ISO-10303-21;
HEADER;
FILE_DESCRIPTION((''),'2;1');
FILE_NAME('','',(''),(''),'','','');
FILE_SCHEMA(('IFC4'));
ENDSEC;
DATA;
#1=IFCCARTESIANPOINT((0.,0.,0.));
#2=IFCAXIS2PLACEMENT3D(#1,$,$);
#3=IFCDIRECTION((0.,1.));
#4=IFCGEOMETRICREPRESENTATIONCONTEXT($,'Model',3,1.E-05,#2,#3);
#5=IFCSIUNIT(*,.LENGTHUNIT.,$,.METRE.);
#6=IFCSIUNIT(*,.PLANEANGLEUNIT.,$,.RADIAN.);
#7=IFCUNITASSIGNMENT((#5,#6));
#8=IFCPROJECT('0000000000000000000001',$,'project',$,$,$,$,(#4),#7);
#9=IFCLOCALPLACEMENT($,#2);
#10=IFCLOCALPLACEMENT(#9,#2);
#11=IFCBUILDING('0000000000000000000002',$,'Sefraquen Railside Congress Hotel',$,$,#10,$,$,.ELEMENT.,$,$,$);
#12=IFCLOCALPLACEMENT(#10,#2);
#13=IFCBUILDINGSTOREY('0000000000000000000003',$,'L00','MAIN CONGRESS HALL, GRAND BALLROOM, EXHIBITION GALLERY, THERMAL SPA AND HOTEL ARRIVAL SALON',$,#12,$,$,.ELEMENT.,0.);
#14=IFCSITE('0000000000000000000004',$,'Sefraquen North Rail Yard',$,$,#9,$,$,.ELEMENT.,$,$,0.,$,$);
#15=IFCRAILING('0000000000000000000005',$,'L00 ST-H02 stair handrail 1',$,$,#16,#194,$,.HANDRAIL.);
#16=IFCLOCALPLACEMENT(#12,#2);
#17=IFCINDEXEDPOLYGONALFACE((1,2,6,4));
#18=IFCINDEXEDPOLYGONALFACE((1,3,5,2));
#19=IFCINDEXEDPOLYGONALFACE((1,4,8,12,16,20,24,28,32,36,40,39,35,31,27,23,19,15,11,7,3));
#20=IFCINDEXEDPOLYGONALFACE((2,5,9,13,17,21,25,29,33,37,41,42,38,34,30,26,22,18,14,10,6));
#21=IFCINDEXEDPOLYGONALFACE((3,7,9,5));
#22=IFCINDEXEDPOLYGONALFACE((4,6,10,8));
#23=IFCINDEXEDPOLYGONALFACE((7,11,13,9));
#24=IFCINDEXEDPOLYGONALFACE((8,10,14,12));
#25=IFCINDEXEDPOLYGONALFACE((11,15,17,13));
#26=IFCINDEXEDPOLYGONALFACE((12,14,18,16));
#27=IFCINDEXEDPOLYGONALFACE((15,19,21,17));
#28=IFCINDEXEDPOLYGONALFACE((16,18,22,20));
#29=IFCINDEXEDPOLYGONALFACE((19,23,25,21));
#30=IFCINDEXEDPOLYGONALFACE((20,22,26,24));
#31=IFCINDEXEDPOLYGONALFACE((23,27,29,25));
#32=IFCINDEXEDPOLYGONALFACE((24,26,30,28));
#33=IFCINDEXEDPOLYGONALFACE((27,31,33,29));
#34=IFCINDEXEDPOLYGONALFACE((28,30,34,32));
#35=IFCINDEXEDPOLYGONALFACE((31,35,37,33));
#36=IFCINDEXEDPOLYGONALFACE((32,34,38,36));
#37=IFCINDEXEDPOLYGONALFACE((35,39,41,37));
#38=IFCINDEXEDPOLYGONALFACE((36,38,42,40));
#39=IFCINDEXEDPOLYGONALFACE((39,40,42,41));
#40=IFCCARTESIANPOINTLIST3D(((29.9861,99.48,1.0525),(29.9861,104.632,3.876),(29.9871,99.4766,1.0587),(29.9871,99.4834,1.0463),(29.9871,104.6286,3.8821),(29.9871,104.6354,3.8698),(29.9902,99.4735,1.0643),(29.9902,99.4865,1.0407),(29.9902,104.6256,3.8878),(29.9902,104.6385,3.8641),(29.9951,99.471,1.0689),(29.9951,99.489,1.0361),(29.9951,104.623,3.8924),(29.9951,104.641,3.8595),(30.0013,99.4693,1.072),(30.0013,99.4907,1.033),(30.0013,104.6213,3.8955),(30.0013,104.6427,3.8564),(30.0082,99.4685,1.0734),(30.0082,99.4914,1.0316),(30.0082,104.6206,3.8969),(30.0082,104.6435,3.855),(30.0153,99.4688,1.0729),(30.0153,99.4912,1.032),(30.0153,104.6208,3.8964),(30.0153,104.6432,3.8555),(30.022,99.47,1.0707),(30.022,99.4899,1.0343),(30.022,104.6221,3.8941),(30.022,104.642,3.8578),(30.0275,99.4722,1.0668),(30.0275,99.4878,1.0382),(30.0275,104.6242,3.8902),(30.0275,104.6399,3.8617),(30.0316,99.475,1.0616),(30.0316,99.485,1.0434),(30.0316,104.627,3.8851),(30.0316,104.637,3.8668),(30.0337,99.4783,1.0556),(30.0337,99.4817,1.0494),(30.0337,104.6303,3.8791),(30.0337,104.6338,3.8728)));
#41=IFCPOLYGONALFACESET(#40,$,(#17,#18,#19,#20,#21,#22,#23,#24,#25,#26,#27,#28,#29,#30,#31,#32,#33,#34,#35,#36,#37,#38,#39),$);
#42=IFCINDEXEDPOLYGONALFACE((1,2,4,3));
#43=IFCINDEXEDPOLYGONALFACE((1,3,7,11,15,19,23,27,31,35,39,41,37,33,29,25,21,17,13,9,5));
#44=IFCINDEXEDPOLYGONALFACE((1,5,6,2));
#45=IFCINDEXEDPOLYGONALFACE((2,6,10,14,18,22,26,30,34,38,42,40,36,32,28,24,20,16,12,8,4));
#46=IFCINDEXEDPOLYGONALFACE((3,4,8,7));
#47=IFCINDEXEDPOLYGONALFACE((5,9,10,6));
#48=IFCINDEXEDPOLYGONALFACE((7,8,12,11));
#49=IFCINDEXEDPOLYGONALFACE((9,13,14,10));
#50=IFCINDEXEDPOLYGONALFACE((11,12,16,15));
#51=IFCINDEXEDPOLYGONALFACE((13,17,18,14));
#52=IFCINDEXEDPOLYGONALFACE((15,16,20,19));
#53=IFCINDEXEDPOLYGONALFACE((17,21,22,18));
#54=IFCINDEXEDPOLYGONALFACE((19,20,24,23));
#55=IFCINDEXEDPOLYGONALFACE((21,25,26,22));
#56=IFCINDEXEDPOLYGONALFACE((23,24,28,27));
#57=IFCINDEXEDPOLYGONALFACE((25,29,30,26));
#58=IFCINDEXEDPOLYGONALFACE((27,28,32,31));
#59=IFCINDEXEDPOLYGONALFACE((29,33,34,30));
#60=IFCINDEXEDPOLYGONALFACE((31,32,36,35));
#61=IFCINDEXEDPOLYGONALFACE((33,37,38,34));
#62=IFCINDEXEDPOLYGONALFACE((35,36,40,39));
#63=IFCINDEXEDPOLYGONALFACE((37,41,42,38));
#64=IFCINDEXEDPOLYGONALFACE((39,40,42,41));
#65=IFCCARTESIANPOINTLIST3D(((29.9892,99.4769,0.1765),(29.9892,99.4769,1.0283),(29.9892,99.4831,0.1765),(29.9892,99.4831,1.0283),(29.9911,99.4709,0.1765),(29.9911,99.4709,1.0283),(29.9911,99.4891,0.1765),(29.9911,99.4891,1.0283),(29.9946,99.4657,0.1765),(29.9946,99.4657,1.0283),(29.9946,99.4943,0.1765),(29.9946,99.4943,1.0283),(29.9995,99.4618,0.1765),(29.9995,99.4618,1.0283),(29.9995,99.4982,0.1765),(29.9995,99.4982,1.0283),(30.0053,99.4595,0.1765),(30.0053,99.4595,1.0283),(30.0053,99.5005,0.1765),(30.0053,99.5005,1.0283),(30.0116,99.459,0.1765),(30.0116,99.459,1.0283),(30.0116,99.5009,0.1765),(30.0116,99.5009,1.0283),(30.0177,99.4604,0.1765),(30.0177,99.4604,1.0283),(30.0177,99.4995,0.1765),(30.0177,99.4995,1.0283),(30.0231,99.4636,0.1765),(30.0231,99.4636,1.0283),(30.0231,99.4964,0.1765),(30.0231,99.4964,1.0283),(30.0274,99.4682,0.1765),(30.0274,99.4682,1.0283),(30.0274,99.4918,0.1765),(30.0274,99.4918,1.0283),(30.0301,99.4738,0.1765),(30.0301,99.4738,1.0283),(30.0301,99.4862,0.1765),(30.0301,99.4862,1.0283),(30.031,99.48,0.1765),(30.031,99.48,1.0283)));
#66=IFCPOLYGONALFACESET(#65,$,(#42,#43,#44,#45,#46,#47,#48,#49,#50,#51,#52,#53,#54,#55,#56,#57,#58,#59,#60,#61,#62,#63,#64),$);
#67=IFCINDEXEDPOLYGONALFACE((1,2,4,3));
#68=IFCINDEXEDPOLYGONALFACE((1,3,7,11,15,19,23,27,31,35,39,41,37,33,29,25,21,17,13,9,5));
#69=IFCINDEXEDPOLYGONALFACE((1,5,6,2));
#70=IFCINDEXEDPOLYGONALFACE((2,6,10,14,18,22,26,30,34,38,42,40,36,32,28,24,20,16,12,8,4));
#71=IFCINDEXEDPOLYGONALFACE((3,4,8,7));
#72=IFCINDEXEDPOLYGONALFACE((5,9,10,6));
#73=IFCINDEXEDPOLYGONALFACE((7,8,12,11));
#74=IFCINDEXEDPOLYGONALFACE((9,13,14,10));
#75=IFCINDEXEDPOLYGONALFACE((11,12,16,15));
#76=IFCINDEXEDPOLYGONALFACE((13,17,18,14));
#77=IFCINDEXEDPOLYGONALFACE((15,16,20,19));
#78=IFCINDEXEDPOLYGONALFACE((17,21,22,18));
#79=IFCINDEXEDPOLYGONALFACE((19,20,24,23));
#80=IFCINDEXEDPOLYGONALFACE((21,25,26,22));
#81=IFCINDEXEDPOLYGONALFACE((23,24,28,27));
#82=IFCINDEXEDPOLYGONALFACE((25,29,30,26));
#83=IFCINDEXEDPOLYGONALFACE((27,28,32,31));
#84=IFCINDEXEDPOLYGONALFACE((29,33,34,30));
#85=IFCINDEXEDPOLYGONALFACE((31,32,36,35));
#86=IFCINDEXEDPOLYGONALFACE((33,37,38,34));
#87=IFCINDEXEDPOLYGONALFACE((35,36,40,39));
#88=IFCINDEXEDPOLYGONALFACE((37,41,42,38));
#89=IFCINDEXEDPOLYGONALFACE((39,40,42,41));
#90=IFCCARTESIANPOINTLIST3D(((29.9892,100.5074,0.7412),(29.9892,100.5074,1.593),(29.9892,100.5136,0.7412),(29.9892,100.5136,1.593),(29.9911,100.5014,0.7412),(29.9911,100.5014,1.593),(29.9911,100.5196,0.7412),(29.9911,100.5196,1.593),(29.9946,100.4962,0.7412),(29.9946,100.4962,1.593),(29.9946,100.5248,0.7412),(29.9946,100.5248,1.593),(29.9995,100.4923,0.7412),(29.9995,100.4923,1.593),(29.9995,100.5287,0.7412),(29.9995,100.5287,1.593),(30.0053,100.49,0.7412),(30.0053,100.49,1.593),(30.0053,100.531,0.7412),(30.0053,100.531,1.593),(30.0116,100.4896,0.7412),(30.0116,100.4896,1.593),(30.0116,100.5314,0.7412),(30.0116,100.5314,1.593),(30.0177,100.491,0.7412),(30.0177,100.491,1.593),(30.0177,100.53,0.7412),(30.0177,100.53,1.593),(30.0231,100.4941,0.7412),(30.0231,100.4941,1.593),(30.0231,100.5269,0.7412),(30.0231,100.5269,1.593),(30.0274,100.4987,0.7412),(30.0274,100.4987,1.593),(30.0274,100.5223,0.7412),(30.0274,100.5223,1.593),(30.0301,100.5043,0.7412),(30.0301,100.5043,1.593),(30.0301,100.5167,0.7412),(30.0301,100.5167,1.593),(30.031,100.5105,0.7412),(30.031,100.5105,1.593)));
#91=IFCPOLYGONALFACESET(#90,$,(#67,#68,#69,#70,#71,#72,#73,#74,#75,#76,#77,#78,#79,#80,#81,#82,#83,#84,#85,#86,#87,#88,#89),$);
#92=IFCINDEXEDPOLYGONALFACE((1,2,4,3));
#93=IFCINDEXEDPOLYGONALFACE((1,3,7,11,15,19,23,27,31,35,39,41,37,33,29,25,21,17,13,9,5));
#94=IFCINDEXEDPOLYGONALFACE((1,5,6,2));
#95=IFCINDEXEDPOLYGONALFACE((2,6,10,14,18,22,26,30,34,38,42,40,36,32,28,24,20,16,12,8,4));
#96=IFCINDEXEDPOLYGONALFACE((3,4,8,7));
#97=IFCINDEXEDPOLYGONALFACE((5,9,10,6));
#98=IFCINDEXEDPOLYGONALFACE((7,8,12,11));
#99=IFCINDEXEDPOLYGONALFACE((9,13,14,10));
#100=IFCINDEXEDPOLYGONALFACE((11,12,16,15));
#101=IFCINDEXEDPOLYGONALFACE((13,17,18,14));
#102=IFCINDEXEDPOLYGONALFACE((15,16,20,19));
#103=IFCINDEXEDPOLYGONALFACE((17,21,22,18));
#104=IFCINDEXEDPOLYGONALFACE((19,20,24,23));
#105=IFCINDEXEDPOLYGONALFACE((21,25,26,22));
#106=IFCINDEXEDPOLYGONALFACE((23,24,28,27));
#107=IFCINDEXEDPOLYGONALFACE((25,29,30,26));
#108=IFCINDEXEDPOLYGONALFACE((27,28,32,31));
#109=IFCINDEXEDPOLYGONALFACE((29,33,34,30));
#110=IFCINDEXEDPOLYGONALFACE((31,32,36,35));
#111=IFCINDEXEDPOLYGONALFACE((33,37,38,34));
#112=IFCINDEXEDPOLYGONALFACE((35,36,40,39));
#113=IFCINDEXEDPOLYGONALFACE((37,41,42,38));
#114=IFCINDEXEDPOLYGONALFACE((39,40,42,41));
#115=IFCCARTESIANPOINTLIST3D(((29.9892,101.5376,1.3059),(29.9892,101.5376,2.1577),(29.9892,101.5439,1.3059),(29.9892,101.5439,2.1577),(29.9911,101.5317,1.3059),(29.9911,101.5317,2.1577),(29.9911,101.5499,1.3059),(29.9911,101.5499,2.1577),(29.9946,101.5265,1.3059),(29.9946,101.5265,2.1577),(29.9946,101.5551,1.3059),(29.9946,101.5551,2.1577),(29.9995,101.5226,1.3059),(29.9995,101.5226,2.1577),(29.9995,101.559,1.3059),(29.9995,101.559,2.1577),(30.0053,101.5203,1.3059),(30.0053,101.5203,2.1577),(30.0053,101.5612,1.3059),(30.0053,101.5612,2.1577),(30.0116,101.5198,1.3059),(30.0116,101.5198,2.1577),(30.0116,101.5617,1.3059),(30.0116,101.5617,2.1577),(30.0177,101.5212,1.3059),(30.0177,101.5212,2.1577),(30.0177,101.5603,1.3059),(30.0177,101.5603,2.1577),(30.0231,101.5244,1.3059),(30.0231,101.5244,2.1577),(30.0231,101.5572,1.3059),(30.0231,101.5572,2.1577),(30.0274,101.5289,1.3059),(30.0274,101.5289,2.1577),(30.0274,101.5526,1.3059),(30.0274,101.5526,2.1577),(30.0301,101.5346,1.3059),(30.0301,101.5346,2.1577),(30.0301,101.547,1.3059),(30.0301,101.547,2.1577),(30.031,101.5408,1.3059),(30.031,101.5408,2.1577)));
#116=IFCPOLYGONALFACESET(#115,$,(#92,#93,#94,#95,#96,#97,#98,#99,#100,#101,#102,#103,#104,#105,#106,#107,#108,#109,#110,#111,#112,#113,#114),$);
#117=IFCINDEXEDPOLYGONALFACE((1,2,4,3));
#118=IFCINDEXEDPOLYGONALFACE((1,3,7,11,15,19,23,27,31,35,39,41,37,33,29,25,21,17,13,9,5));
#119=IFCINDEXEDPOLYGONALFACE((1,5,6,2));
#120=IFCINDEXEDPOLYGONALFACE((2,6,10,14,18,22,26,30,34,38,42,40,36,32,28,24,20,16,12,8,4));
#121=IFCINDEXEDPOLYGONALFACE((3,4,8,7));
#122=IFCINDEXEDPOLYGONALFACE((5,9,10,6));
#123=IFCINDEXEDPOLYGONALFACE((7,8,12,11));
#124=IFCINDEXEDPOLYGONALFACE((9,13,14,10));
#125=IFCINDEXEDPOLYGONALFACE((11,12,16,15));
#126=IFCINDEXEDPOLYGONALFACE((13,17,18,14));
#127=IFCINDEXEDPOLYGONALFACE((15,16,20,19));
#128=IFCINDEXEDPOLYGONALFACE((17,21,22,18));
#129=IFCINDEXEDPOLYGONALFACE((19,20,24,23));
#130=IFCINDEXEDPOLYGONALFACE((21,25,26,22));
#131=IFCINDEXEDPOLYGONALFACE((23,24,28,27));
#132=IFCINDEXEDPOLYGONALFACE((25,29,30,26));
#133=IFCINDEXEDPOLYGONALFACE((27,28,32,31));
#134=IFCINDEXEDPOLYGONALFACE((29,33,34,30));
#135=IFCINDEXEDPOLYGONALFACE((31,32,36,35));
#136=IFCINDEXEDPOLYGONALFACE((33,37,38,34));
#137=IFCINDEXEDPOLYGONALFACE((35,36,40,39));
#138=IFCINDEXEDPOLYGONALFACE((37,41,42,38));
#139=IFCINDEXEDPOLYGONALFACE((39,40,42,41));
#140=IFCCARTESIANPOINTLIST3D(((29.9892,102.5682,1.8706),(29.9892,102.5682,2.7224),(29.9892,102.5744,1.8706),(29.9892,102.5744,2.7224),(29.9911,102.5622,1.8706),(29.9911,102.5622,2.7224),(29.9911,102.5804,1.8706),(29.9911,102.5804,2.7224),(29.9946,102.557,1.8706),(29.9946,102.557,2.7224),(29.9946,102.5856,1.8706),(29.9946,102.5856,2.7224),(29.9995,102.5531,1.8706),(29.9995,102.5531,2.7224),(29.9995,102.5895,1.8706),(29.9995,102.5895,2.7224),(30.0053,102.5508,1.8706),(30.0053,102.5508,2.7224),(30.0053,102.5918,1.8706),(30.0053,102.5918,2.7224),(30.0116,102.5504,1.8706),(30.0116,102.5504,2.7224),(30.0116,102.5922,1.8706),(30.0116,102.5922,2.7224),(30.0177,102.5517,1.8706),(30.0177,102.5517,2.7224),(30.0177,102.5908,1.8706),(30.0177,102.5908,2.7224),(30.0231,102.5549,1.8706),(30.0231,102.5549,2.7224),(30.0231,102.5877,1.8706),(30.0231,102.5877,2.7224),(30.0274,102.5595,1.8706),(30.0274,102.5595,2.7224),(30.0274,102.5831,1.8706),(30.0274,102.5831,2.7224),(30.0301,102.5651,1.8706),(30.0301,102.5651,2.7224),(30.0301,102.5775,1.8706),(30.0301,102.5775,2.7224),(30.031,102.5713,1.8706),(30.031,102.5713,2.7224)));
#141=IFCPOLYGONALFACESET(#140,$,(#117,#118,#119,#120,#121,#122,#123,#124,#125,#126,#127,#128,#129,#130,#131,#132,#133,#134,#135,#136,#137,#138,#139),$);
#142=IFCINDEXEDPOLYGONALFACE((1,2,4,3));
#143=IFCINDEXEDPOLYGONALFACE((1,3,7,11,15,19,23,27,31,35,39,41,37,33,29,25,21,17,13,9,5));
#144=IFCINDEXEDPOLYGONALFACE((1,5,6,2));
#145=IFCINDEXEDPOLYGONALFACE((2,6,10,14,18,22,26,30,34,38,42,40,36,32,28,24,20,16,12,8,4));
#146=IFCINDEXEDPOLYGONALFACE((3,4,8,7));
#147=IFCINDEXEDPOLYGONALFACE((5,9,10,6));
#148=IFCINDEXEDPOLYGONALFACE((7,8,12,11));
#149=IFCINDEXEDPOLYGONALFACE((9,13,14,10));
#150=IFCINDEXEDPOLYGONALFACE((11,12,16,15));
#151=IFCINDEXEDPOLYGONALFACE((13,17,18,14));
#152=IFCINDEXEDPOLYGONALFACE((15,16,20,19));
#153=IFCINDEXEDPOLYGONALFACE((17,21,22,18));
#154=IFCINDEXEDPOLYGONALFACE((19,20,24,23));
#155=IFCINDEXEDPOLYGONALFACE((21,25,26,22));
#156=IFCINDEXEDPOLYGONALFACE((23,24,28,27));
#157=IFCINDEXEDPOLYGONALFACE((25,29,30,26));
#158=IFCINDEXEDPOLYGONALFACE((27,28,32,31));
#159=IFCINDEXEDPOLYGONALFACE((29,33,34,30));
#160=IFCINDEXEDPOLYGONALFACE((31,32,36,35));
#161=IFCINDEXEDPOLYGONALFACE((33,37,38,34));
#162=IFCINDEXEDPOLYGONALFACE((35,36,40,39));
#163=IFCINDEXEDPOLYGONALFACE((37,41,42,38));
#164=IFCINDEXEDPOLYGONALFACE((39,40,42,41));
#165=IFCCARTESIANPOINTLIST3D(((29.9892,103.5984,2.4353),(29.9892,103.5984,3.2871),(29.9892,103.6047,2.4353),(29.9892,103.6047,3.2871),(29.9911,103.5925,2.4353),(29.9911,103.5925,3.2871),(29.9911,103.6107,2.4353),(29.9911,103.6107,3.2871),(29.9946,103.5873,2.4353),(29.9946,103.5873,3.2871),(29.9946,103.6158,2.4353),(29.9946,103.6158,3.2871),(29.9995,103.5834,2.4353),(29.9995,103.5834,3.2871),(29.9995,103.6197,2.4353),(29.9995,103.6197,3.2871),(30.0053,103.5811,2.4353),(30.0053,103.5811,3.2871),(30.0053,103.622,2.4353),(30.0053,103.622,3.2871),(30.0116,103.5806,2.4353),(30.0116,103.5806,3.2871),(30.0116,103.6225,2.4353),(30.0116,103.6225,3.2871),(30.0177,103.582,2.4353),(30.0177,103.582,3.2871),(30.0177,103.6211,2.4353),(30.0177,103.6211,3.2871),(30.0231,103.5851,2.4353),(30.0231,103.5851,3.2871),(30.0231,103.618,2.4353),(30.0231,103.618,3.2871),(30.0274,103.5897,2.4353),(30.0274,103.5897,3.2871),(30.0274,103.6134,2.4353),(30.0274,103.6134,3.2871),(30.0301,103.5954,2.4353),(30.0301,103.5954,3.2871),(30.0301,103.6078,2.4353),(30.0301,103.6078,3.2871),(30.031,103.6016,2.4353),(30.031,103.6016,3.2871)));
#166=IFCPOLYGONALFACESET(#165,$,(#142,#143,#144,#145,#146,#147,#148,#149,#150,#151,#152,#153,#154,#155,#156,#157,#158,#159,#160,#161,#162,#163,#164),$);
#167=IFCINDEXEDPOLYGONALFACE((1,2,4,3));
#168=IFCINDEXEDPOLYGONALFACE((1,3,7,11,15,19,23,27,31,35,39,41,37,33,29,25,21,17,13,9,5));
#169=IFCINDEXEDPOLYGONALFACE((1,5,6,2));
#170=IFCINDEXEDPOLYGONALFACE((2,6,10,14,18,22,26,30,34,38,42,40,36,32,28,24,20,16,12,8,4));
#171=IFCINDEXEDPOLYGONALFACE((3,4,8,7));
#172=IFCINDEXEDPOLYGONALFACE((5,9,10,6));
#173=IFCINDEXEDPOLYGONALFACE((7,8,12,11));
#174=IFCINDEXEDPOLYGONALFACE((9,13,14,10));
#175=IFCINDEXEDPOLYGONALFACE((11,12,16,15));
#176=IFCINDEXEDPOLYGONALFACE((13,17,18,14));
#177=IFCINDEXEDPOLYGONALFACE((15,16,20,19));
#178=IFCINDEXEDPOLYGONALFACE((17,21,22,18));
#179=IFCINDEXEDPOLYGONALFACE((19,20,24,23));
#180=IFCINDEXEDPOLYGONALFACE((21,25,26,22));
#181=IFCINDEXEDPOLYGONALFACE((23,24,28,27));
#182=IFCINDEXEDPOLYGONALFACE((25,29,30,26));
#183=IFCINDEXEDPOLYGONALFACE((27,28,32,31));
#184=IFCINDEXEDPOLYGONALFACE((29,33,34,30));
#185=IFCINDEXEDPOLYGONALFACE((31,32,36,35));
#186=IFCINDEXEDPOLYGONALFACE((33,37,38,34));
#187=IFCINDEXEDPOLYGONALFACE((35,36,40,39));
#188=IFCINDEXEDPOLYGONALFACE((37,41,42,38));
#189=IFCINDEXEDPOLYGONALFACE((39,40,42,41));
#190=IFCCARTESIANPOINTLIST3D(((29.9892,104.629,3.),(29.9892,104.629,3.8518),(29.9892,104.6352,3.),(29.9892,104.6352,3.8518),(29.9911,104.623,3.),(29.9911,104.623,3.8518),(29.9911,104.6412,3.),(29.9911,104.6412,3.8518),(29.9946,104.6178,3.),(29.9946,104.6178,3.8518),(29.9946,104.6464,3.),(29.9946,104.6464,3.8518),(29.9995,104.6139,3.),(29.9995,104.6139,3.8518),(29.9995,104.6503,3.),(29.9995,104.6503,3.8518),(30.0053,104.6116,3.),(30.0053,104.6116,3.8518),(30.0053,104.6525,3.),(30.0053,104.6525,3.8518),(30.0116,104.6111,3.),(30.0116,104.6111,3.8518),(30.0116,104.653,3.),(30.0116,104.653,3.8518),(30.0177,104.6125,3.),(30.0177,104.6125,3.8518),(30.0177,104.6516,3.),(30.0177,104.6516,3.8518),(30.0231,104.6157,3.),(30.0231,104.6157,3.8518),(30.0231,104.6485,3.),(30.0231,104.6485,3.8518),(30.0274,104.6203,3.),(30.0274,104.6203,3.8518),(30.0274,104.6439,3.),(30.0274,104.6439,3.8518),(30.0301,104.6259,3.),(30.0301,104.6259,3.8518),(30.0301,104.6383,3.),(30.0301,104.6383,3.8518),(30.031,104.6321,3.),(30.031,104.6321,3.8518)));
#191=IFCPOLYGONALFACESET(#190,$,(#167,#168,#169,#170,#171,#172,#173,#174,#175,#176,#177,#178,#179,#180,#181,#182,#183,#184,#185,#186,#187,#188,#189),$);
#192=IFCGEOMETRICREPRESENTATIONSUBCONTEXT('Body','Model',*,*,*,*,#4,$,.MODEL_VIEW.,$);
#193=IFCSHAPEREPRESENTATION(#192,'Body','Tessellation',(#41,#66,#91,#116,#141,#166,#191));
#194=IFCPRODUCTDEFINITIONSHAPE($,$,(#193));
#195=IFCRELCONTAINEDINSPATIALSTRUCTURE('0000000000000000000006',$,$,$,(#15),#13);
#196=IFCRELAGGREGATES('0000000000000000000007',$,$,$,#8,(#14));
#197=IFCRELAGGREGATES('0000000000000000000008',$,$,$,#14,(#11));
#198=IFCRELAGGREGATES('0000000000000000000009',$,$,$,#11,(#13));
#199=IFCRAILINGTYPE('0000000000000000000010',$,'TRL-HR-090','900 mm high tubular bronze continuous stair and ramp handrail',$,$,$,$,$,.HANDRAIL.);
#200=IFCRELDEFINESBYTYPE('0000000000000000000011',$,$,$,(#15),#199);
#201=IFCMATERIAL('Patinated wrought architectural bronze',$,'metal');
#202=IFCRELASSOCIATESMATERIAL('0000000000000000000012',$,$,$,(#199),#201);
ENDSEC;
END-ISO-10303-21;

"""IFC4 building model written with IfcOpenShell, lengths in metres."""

from ifc_helpers import new_model, si_unit, direction, frame, origin, origin_2d, place, context, subcontext, project, spatial, circle, extrude, material, type_object, element, save


model = new_model("IFC4")

# Units and contexts
model_context = context("Model", 3, precision=1e-05, world=origin(), true_north=direction((0.0, 1.0)))
body_context = subcontext(model_context, "Body", "Model", "MODEL_VIEW")
ifc_project = project(units=[si_unit("LENGTHUNIT", "METRE"), si_unit("PLANEANGLEUNIT", "RADIAN")], contexts=[model_context])

# Site, building, storey
site_placement = place(None, origin())
site = spatial("IfcSite", under=ifc_project, at=site_placement, Name="Sefraquen North Rail Yard", CompositionType="ELEMENT", RefElevation=0.0)
building_placement = place(site_placement, origin())
building = spatial("IfcBuilding", under=site, at=building_placement, Name="Sefraquen Railside Congress Hotel", CompositionType="ELEMENT")
storey_placement = place(building_placement, origin())
storey = spatial("IfcBuildingStorey", under=building, at=storey_placement, Name="L00", Description="MAIN CONGRESS HALL, GRAND BALLROOM, EXHIBITION GALLERY, THERMAL SPA AND HOTEL ARRIVAL SALON", CompositionType="ELEMENT", Elevation=0.0)

# Railing
ifc_material_1 = material(Name="Patinated wrought architectural bronze", Category="metal")
railing_type_1 = type_object("IfcRailingType", Name="TRL-HR-090", Description="900 mm high tubular bronze continuous stair and ramp handrail", PredefinedType="HANDRAIL", material=ifc_material_1)
railing_1_placement = place(storey_placement, frame((30.01, 99.48, 0.1765)))
element("IfcRailing", 1, at=railing_1_placement, inside=storey, type_object=railing_type_1, Name="L00 ST-H02 stair handrail 1", PredefinedType="HANDRAIL", context=body_context, shape_type="SweptSolid", body=[
    extrude(circle(Radius=0.0239, at=origin_2d()), frame((0.0, 0.0, 0.876), z_axis=(0.0, 0.876946, 0.480589), x_axis=(-1.0, 0.0, 0.0)), (0.0, 0.0, 1.0), 5.875),
    extrude(circle(Radius=0.021, at=origin_2d()), origin(), (0.0, 0.0, 1.0), 0.8518),
    extrude(circle(Radius=0.021, at=origin_2d()), frame((0.0, 1.0305, 0.5647)), (0.0, 0.0, 1.0), 0.8518),
    extrude(circle(Radius=0.021, at=origin_2d()), frame((0.0, 2.0608, 1.1294)), (0.0, 0.0, 1.0), 0.8518),
    extrude(circle(Radius=0.021, at=origin_2d()), frame((0.0, 3.0913, 1.6941)), (0.0, 0.0, 1.0), 0.8518),
    extrude(circle(Radius=0.021, at=origin_2d()), frame((0.0, 4.1216, 2.2588)), (0.0, 0.0, 1.0), 0.8518),
    extrude(circle(Radius=0.021, at=origin_2d()), frame((0.0, 5.1521, 2.8235)), (0.0, 0.0, 1.0), 0.8518),
])

save(model, "model.ifc")
